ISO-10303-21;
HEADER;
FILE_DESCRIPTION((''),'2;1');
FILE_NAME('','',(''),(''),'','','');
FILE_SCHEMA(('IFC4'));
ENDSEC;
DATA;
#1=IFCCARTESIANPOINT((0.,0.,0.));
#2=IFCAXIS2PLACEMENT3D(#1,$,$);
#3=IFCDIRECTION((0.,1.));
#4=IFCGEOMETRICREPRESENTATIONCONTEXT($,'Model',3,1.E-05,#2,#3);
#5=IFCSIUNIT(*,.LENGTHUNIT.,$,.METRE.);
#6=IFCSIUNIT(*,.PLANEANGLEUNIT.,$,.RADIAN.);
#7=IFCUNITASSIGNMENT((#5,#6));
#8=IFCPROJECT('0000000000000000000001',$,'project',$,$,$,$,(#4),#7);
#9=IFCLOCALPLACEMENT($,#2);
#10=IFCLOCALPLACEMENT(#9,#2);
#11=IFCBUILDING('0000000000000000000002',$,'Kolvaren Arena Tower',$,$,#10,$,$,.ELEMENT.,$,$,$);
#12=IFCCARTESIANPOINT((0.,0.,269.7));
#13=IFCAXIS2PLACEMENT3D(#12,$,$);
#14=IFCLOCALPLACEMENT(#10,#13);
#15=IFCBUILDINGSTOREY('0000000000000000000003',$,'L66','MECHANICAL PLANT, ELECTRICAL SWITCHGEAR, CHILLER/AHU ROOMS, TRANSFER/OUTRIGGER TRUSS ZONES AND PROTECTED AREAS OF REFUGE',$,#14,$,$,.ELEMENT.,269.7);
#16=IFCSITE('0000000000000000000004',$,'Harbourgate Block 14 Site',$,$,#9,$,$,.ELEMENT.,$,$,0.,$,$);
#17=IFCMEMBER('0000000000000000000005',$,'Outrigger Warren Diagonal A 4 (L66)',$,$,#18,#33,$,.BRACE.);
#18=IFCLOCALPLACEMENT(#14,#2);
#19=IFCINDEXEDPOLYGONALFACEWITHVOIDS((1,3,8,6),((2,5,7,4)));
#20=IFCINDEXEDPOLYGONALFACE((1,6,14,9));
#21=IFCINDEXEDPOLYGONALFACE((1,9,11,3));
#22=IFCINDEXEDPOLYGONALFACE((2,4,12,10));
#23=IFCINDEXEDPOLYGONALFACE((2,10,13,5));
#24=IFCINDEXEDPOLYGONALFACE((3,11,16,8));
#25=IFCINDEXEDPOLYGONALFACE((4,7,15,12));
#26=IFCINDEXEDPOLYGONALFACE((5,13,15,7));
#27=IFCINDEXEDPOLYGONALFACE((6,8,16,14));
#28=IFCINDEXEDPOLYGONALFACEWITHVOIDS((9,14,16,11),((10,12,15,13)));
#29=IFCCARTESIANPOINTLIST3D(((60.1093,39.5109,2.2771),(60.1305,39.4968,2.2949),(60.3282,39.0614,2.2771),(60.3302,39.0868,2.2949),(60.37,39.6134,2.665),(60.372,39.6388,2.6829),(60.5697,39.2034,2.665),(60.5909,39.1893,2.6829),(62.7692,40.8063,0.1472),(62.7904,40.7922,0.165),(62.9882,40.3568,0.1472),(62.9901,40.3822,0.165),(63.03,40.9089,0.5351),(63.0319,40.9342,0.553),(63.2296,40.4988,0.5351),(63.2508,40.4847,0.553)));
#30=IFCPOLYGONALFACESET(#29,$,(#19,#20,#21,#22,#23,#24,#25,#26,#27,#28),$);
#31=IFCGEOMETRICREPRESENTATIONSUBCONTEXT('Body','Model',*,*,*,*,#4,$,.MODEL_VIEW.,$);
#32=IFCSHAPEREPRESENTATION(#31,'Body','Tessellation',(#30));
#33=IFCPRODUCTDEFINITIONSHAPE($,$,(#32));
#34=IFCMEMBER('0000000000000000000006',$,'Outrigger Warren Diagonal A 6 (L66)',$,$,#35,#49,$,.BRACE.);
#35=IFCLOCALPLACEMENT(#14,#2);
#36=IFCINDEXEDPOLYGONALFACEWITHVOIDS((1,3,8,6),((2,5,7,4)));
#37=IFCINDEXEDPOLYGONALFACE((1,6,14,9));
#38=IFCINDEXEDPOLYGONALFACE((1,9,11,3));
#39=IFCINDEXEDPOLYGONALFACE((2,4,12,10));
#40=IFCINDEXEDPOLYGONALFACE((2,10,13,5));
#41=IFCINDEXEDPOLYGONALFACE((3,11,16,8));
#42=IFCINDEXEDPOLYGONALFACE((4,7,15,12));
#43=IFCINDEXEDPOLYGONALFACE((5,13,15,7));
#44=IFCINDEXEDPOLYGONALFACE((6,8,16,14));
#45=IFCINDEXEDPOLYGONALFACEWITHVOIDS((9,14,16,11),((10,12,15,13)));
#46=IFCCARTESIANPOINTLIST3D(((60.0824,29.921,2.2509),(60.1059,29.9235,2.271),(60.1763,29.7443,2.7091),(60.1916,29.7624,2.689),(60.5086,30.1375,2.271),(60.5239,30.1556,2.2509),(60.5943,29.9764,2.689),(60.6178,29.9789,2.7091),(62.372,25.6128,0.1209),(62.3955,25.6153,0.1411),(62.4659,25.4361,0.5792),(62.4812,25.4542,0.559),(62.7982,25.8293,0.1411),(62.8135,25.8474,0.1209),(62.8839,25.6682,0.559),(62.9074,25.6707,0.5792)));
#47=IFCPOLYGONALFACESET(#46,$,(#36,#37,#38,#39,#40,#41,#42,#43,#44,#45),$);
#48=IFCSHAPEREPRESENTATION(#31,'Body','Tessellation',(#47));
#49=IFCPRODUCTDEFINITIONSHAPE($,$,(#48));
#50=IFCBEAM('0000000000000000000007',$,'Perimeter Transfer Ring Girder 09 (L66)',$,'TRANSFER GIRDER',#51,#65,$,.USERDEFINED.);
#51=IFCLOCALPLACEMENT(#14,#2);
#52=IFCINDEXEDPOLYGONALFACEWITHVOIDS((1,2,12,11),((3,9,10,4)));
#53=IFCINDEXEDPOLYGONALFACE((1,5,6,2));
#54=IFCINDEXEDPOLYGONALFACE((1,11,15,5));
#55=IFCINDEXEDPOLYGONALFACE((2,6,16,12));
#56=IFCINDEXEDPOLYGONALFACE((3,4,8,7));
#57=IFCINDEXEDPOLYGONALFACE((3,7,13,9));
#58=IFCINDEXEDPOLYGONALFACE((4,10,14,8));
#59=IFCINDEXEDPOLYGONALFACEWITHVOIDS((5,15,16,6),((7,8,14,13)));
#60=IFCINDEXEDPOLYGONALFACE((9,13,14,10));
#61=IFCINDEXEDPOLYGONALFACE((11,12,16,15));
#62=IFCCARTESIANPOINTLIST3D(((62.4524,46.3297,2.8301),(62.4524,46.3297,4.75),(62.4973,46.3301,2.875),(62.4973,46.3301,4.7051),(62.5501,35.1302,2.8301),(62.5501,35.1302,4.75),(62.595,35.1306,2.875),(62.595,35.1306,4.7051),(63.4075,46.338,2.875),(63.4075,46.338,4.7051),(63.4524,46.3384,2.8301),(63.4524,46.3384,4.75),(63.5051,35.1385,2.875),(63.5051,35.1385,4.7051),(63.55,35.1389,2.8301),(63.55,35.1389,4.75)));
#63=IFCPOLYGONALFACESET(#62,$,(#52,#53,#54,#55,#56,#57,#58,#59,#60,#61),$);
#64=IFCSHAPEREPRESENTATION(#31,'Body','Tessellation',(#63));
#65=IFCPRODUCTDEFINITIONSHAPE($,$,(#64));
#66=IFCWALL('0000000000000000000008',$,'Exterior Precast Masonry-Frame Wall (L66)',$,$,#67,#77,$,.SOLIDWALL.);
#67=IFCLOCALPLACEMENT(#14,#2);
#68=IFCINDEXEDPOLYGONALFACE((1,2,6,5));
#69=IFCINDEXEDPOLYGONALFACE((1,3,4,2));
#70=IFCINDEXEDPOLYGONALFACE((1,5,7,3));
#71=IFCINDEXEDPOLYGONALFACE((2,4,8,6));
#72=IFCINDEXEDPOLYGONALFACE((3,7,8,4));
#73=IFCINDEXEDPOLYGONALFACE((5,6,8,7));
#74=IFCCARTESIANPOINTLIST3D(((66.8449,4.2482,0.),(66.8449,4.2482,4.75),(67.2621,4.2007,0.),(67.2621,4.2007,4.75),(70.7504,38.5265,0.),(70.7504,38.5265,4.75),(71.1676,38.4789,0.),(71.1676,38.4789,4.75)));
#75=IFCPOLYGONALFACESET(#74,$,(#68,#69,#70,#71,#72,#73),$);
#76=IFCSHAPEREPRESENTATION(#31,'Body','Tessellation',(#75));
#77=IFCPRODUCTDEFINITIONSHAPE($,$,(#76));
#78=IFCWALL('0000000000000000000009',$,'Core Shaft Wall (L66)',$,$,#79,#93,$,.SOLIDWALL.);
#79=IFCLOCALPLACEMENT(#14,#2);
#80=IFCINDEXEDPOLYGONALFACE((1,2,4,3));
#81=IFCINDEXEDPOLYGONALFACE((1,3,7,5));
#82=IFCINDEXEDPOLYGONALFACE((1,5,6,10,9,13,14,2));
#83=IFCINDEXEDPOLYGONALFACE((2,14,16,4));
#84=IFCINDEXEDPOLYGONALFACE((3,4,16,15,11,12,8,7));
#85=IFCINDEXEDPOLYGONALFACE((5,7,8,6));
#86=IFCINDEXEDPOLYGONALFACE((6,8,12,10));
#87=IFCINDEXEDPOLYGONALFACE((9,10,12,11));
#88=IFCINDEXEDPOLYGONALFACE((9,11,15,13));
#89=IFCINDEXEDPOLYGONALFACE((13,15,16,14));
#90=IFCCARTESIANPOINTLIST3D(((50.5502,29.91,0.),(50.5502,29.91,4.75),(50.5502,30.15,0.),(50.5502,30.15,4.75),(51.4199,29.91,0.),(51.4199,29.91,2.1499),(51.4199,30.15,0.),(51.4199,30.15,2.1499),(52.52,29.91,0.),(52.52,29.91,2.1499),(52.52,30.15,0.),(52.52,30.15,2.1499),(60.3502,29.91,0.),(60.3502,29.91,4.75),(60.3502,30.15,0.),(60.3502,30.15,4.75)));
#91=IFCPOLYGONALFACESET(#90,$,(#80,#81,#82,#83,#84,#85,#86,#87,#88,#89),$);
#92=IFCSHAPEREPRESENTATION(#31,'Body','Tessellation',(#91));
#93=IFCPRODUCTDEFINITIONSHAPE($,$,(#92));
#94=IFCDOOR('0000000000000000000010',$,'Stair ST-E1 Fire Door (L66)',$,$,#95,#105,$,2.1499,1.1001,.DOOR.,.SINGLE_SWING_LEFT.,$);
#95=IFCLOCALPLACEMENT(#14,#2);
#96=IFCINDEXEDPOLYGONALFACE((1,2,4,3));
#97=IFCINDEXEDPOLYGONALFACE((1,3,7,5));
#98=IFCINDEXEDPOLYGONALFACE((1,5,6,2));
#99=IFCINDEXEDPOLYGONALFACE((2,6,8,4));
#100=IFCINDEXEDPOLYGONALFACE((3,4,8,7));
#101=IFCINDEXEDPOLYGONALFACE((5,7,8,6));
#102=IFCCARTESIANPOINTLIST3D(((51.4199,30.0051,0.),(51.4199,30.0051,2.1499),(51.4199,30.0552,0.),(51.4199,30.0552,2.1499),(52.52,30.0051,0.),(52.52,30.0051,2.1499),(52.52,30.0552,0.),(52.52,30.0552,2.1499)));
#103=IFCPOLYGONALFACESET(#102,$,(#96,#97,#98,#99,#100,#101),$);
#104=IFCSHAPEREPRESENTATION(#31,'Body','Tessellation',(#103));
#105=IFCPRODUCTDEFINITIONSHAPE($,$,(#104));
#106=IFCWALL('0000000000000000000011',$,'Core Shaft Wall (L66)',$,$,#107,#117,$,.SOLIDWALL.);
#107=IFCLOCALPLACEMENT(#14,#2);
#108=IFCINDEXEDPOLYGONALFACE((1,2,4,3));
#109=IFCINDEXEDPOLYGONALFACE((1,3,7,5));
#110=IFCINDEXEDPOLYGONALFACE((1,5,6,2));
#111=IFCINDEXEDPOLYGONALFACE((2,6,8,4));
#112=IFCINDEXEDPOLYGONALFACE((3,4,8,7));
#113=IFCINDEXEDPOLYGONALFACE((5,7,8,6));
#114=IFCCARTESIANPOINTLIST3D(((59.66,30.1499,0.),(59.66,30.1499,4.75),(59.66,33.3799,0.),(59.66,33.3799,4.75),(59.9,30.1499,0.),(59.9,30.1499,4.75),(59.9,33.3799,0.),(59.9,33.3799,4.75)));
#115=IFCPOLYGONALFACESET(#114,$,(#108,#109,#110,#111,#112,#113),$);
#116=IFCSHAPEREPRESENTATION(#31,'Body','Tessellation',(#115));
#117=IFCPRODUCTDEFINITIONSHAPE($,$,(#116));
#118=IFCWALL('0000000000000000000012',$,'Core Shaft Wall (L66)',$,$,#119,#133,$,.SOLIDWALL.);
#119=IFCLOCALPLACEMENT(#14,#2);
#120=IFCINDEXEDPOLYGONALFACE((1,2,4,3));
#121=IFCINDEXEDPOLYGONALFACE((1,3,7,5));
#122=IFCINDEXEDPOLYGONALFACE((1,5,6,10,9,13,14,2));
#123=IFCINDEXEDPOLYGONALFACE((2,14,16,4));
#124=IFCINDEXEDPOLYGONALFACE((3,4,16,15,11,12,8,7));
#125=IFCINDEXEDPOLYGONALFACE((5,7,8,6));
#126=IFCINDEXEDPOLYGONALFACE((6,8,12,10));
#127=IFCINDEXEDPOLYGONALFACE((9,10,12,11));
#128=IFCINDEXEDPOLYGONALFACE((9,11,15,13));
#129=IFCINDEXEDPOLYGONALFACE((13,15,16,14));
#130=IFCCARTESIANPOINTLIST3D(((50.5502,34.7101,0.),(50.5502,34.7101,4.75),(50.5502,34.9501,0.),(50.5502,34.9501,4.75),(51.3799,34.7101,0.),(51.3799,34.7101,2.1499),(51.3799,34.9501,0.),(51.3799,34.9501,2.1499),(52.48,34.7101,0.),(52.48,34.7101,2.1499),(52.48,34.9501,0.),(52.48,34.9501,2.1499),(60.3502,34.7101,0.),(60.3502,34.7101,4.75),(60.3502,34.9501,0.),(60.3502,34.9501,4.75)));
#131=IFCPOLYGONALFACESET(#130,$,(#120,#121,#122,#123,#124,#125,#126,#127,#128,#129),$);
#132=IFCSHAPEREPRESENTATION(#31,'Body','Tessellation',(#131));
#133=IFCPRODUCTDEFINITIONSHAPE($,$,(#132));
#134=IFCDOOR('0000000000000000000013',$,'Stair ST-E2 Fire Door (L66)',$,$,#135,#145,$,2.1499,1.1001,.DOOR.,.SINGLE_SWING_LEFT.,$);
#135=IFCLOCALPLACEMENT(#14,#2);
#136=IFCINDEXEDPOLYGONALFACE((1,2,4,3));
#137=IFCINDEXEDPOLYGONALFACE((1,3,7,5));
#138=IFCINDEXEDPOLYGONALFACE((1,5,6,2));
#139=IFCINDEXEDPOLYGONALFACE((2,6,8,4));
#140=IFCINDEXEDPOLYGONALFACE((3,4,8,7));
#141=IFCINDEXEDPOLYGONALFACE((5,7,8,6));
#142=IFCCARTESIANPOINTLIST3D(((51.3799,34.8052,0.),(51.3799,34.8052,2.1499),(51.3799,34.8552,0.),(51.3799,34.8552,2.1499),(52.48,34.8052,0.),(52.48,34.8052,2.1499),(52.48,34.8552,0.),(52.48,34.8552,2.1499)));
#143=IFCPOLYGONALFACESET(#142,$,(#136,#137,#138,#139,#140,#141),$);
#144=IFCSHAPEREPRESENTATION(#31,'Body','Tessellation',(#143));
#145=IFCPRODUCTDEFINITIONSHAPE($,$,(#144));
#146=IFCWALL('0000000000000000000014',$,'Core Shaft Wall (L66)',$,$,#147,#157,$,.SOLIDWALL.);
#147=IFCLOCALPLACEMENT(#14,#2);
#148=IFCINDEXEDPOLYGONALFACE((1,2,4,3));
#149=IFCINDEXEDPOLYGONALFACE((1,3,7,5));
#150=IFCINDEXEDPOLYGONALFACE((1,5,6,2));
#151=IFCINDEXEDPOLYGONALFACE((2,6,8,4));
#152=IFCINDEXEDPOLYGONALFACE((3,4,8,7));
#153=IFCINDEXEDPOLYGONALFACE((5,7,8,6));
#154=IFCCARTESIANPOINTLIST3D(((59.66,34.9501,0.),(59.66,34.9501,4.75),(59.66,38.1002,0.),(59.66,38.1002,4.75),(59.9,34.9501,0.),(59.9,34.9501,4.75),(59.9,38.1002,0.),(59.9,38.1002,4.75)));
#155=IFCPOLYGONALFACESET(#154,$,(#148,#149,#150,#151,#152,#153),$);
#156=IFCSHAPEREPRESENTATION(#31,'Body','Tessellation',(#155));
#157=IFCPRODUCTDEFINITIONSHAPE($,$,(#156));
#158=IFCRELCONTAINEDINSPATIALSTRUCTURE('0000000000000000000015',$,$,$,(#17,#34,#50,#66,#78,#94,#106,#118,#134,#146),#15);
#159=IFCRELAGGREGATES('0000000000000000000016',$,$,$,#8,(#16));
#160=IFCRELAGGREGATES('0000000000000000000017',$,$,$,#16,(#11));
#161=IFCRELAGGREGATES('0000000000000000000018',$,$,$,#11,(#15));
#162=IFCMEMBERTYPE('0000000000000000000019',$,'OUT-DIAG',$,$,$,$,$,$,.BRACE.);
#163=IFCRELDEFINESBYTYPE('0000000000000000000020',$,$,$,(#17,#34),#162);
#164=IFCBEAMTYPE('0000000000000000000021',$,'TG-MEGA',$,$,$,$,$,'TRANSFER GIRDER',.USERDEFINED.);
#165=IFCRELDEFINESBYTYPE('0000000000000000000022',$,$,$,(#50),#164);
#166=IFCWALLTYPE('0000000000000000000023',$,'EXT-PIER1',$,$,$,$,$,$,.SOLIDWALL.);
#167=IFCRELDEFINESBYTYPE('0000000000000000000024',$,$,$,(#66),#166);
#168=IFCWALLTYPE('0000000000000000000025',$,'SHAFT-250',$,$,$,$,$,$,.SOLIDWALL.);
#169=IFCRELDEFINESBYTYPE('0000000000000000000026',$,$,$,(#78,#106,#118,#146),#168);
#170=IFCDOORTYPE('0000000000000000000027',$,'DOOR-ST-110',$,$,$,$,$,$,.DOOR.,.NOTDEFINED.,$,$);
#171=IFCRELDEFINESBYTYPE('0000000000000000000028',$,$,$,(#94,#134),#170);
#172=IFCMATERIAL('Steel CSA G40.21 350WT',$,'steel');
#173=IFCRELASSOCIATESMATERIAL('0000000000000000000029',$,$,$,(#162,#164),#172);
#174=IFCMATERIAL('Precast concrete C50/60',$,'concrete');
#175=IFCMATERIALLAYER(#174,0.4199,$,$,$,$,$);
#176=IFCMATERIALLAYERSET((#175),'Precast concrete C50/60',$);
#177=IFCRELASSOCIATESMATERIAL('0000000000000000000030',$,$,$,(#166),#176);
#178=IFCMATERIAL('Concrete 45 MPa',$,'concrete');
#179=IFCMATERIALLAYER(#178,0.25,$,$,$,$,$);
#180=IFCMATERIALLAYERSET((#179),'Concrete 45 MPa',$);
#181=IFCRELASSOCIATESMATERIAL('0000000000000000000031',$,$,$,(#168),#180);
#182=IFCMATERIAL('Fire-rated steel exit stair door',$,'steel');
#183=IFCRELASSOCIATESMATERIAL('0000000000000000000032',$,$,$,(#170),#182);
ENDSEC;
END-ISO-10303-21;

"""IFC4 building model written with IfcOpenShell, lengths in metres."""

from ifc_helpers import new_model, si_unit, direction, frame, frame_2d, origin, origin_2d, place, context, subcontext, project, spatial, rectangle, hollow_rectangle, extrude, material, layer, layer_set, material_profile, profile_set, type_object, element, fill, save


model = new_model("IFC4")

# Units and contexts
model_context = context("Model", 3, precision=1e-05, world=origin(), true_north=direction((0.0, 1.0)))
body_context = subcontext(model_context, "Body", "Model", "MODEL_VIEW")
ifc_project = project(units=[si_unit("LENGTHUNIT", "METRE"), si_unit("PLANEANGLEUNIT", "RADIAN")], contexts=[model_context])

# Site, building, storey
site_placement = place(None, origin())
site = spatial("IfcSite", under=ifc_project, at=site_placement, Name="Harbourgate Block 14 Site", CompositionType="ELEMENT", RefElevation=0.0)
building_placement = place(site_placement, origin())
building = spatial("IfcBuilding", under=site, at=building_placement, Name="Kolvaren Arena Tower", CompositionType="ELEMENT")
storey_placement = place(building_placement, frame((0.0, 0.0, 269.7)))
storey = spatial("IfcBuildingStorey", under=building, at=storey_placement, Name="L66", Description="MECHANICAL PLANT, ELECTRICAL SWITCHGEAR, CHILLER/AHU ROOMS, TRANSFER/OUTRIGGER TRUSS ZONES AND PROTECTED AREAS OF REFUGE", CompositionType="ELEMENT", Elevation=269.7)

# Shared definitions
ifc_material_1 = material(Name="Steel CSA G40.21 350WT", Category="steel")

# Members
ifc_material_profile_1 = material_profile(ifc_material_1, hollow_rectangle(XDim=0.5, YDim=0.5, WallThickness=0.022, at=origin_2d()), Name="HSS 500x500x22")
ifc_profile_set_1 = profile_set([ifc_material_profile_1], Name="Steel CSA G40.21 350WT")
member_type_1 = type_object("IfcMemberType", Name="OUT-DIAG", PredefinedType="BRACE", material=ifc_profile_set_1)
member_1_placement = place(storey_placement, frame((60.3501, 39.3501, 2.48), z_axis=(0.729644, 0.355346, -0.584251), x_axis=(-0.437848, 0.899049, 0.0)))
element("IfcMember", 1, at=member_1_placement, inside=storey, type_object=member_type_1, Name="Outrigger Warren Diagonal A 4 (L66)", PredefinedType="BRACE", context=body_context, shape_type="SweptSolid", body=[
    extrude(hollow_rectangle(XDim=0.5, YDim=0.5, WallThickness=0.022, at=origin_2d()), origin(), (0.0, 0.0, 1.0), 3.6455),
])
member_2_placement = place(storey_placement, frame((60.3501, 29.95, 2.48), z_axis=(0.430095, -0.809282, -0.400101), x_axis=(0.883042, 0.469294, 0.0)))
element("IfcMember", 2, at=member_2_placement, inside=storey, type_object=member_type_1, Name="Outrigger Warren Diagonal A 6 (L66)", PredefinedType="BRACE", context=body_context, shape_type="SweptSolid", body=[
    extrude(hollow_rectangle(XDim=0.5, YDim=0.5, WallThickness=0.022, at=origin_2d()), origin(), (0.0, 0.0, 1.0), 5.3235),
])

# Beam
ifc_material_profile_2 = material_profile(ifc_material_1, hollow_rectangle(XDim=1.0, YDim=1.9199, WallThickness=0.0449, at=origin_2d()), Name="BOX 1000x1920x45")
ifc_profile_set_2 = profile_set([ifc_material_profile_2], Name="Steel CSA G40.21 350WT")
beam_type_1 = type_object("IfcBeamType", Name="TG-MEGA", ElementType="TRANSFER GIRDER", PredefinedType="USERDEFINED", material=ifc_profile_set_2)
beam_1_placement = place(storey_placement, frame((63.05, 35.1345, 3.79), z_axis=(-0.008719, 0.999962, 0.0), x_axis=(-0.999962, -0.008719, 0.0)))
element("IfcBeam", 3, at=beam_1_placement, inside=storey, type_object=beam_type_1, Name="Perimeter Transfer Ring Girder 09 (L66)", ObjectType="TRANSFER GIRDER", PredefinedType="USERDEFINED", context=body_context, shape_type="SweptSolid", body=[
    extrude(hollow_rectangle(XDim=1.0, YDim=1.9199, WallThickness=0.0449, at=origin_2d()), origin(), (0.0, 0.0, 1.0), 11.2),
])

# Wall
ifc_material_2 = material(Name="Precast concrete C50/60", Category="concrete")
ifc_layer_1 = layer(ifc_material_2, 0.4199)
ifc_layer_set_1 = layer_set([ifc_layer_1], Name="Precast concrete C50/60")
wall_type_1 = type_object("IfcWallType", Name="EXT-PIER1", PredefinedType="SOLIDWALL", material=ifc_layer_set_1)
wall_1_placement = place(storey_placement, frame((70.959, 38.5027, 0.0), z_axis=(0.0, 0.0, 1.0), x_axis=(-0.113203, -0.993572, 0.0)))
element("IfcWall", 4, at=wall_1_placement, inside=storey, type_object=wall_type_1, Name="Exterior Precast Masonry-Frame Wall (L66)", PredefinedType="SOLIDWALL", context=body_context, shape_type="SweptSolid", body=[
    extrude(rectangle(XDim=34.5, YDim=0.4199, at=frame_2d((17.25, 0.0))), origin(), (0.0, 0.0, 1.0), 4.75),
])

# Wall, opening, door
ifc_material_3 = material(Name="Concrete 45 MPa", Category="concrete")
ifc_layer_2 = layer(ifc_material_3, 0.25)
ifc_layer_set_2 = layer_set([ifc_layer_2], Name="Concrete 45 MPa")
wall_type_2 = type_object("IfcWallType", Name="SHAFT-250", PredefinedType="SOLIDWALL", material=ifc_layer_set_2)
wall_2_placement = place(storey_placement, frame((60.3501, 30.03, 0.0), z_axis=(0.0, 0.0, 1.0), x_axis=(-1.0, 0.0, 0.0)))
wall_2 = element("IfcWall", 5, at=wall_2_placement, inside=storey, type_object=wall_type_2, Name="Core Shaft Wall (L66)", PredefinedType="SOLIDWALL", context=body_context, shape_type="SweptSolid", body=[
    extrude(rectangle(XDim=9.8, YDim=0.24, at=frame_2d((4.8999, 0.0))), origin(), (0.0, 0.0, 1.0), 4.75),
])
opening_1_placement = place(wall_2_placement, frame((7.8301, 0.0, 0.0)))
opening_1 = element("IfcOpeningElement", 6, at=opening_1_placement, cuts=wall_2, PredefinedType="OPENING", context=body_context, shape_type="SweptSolid", body=[
    extrude(rectangle(XDim=1.1001, YDim=2.1499, at=frame_2d((0.55, 1.075))), frame((0.0, 0.1299, 0.0), z_axis=(0.0, -1.0, 0.0), x_axis=(1.0, 0.0, 0.0)), (0.0, 0.0, 1.0), 0.26),
])
ifc_material_4 = material(Name="Fire-rated steel exit stair door", Category="steel")
door_type = type_object("IfcDoorType", Name="DOOR-ST-110", OperationType="NOTDEFINED", PredefinedType="DOOR", material=ifc_material_4)
door_1_placement = place(opening_1_placement, origin())
door_1 = element("IfcDoor", 7, at=door_1_placement, inside=storey, type_object=door_type, Name="Stair ST-E1 Fire Door (L66)", OperationType="SINGLE_SWING_LEFT", OverallHeight=2.1499, OverallWidth=1.1001, PredefinedType="DOOR", context=body_context, shape_type="SweptSolid", body=[
    extrude(rectangle(XDim=1.1001, YDim=2.1499, at=frame_2d((0.55, 1.075))), frame((0.0, 0.0249, 0.0), z_axis=(0.0, -1.0, 0.0), x_axis=(1.0, 0.0, 0.0)), (0.0, 0.0, 1.0), 0.05),
])
fill(opening_1, door_1)

# Wall
wall_3_placement = place(storey_placement, frame((59.78, 30.1499, 0.0), z_axis=(0.0, 0.0, 1.0), x_axis=(0.0, 1.0, 0.0)))
element("IfcWall", 8, at=wall_3_placement, inside=storey, type_object=wall_type_2, Name="Core Shaft Wall (L66)", PredefinedType="SOLIDWALL", context=body_context, shape_type="SweptSolid", body=[
    extrude(rectangle(XDim=3.23, YDim=0.24, at=frame_2d((1.615, 0.0))), origin(), (0.0, 0.0, 1.0), 4.75),
])

# Wall, opening, door
wall_4_placement = place(storey_placement, frame((60.3501, 34.8301, 0.0), z_axis=(0.0, 0.0, 1.0), x_axis=(-1.0, 0.0, 0.0)))
wall_4 = element("IfcWall", 9, at=wall_4_placement, inside=storey, type_object=wall_type_2, Name="Core Shaft Wall (L66)", PredefinedType="SOLIDWALL", context=body_context, shape_type="SweptSolid", body=[
    extrude(rectangle(XDim=9.8, YDim=0.24, at=frame_2d((4.8999, 0.0))), origin(), (0.0, 0.0, 1.0), 4.75),
])
opening_2_placement = place(wall_4_placement, frame((7.8701, 0.0, 0.0)))
opening_2 = element("IfcOpeningElement", 10, at=opening_2_placement, cuts=wall_4, PredefinedType="OPENING", context=body_context, shape_type="SweptSolid", body=[
    extrude(rectangle(XDim=1.1001, YDim=2.1499, at=frame_2d((0.55, 1.075))), frame((0.0, 0.1299, 0.0), z_axis=(0.0, -1.0, 0.0), x_axis=(1.0, 0.0, 0.0)), (0.0, 0.0, 1.0), 0.26),
])
door_2_placement = place(opening_2_placement, origin())
door_2 = element("IfcDoor", 11, at=door_2_placement, inside=storey, type_object=door_type, Name="Stair ST-E2 Fire Door (L66)", OperationType="SINGLE_SWING_LEFT", OverallHeight=2.1499, OverallWidth=1.1001, PredefinedType="DOOR", context=body_context, shape_type="SweptSolid", body=[
    extrude(rectangle(XDim=1.1001, YDim=2.1499, at=frame_2d((0.55, 1.075))), frame((0.0, 0.0249, 0.0), z_axis=(0.0, -1.0, 0.0), x_axis=(1.0, 0.0, 0.0)), (0.0, 0.0, 1.0), 0.05),
])
fill(opening_2, door_2)

# Wall
wall_5_placement = place(storey_placement, frame((59.78, 34.95, 0.0), z_axis=(0.0, 0.0, 1.0), x_axis=(0.0, 1.0, 0.0)))
element("IfcWall", 12, at=wall_5_placement, inside=storey, type_object=wall_type_2, Name="Core Shaft Wall (L66)", PredefinedType="SOLIDWALL", context=body_context, shape_type="SweptSolid", body=[
    extrude(rectangle(XDim=3.1501, YDim=0.24, at=frame_2d((1.5752, 0.0))), origin(), (0.0, 0.0, 1.0), 4.75),
])

save(model, "model.ifc")
